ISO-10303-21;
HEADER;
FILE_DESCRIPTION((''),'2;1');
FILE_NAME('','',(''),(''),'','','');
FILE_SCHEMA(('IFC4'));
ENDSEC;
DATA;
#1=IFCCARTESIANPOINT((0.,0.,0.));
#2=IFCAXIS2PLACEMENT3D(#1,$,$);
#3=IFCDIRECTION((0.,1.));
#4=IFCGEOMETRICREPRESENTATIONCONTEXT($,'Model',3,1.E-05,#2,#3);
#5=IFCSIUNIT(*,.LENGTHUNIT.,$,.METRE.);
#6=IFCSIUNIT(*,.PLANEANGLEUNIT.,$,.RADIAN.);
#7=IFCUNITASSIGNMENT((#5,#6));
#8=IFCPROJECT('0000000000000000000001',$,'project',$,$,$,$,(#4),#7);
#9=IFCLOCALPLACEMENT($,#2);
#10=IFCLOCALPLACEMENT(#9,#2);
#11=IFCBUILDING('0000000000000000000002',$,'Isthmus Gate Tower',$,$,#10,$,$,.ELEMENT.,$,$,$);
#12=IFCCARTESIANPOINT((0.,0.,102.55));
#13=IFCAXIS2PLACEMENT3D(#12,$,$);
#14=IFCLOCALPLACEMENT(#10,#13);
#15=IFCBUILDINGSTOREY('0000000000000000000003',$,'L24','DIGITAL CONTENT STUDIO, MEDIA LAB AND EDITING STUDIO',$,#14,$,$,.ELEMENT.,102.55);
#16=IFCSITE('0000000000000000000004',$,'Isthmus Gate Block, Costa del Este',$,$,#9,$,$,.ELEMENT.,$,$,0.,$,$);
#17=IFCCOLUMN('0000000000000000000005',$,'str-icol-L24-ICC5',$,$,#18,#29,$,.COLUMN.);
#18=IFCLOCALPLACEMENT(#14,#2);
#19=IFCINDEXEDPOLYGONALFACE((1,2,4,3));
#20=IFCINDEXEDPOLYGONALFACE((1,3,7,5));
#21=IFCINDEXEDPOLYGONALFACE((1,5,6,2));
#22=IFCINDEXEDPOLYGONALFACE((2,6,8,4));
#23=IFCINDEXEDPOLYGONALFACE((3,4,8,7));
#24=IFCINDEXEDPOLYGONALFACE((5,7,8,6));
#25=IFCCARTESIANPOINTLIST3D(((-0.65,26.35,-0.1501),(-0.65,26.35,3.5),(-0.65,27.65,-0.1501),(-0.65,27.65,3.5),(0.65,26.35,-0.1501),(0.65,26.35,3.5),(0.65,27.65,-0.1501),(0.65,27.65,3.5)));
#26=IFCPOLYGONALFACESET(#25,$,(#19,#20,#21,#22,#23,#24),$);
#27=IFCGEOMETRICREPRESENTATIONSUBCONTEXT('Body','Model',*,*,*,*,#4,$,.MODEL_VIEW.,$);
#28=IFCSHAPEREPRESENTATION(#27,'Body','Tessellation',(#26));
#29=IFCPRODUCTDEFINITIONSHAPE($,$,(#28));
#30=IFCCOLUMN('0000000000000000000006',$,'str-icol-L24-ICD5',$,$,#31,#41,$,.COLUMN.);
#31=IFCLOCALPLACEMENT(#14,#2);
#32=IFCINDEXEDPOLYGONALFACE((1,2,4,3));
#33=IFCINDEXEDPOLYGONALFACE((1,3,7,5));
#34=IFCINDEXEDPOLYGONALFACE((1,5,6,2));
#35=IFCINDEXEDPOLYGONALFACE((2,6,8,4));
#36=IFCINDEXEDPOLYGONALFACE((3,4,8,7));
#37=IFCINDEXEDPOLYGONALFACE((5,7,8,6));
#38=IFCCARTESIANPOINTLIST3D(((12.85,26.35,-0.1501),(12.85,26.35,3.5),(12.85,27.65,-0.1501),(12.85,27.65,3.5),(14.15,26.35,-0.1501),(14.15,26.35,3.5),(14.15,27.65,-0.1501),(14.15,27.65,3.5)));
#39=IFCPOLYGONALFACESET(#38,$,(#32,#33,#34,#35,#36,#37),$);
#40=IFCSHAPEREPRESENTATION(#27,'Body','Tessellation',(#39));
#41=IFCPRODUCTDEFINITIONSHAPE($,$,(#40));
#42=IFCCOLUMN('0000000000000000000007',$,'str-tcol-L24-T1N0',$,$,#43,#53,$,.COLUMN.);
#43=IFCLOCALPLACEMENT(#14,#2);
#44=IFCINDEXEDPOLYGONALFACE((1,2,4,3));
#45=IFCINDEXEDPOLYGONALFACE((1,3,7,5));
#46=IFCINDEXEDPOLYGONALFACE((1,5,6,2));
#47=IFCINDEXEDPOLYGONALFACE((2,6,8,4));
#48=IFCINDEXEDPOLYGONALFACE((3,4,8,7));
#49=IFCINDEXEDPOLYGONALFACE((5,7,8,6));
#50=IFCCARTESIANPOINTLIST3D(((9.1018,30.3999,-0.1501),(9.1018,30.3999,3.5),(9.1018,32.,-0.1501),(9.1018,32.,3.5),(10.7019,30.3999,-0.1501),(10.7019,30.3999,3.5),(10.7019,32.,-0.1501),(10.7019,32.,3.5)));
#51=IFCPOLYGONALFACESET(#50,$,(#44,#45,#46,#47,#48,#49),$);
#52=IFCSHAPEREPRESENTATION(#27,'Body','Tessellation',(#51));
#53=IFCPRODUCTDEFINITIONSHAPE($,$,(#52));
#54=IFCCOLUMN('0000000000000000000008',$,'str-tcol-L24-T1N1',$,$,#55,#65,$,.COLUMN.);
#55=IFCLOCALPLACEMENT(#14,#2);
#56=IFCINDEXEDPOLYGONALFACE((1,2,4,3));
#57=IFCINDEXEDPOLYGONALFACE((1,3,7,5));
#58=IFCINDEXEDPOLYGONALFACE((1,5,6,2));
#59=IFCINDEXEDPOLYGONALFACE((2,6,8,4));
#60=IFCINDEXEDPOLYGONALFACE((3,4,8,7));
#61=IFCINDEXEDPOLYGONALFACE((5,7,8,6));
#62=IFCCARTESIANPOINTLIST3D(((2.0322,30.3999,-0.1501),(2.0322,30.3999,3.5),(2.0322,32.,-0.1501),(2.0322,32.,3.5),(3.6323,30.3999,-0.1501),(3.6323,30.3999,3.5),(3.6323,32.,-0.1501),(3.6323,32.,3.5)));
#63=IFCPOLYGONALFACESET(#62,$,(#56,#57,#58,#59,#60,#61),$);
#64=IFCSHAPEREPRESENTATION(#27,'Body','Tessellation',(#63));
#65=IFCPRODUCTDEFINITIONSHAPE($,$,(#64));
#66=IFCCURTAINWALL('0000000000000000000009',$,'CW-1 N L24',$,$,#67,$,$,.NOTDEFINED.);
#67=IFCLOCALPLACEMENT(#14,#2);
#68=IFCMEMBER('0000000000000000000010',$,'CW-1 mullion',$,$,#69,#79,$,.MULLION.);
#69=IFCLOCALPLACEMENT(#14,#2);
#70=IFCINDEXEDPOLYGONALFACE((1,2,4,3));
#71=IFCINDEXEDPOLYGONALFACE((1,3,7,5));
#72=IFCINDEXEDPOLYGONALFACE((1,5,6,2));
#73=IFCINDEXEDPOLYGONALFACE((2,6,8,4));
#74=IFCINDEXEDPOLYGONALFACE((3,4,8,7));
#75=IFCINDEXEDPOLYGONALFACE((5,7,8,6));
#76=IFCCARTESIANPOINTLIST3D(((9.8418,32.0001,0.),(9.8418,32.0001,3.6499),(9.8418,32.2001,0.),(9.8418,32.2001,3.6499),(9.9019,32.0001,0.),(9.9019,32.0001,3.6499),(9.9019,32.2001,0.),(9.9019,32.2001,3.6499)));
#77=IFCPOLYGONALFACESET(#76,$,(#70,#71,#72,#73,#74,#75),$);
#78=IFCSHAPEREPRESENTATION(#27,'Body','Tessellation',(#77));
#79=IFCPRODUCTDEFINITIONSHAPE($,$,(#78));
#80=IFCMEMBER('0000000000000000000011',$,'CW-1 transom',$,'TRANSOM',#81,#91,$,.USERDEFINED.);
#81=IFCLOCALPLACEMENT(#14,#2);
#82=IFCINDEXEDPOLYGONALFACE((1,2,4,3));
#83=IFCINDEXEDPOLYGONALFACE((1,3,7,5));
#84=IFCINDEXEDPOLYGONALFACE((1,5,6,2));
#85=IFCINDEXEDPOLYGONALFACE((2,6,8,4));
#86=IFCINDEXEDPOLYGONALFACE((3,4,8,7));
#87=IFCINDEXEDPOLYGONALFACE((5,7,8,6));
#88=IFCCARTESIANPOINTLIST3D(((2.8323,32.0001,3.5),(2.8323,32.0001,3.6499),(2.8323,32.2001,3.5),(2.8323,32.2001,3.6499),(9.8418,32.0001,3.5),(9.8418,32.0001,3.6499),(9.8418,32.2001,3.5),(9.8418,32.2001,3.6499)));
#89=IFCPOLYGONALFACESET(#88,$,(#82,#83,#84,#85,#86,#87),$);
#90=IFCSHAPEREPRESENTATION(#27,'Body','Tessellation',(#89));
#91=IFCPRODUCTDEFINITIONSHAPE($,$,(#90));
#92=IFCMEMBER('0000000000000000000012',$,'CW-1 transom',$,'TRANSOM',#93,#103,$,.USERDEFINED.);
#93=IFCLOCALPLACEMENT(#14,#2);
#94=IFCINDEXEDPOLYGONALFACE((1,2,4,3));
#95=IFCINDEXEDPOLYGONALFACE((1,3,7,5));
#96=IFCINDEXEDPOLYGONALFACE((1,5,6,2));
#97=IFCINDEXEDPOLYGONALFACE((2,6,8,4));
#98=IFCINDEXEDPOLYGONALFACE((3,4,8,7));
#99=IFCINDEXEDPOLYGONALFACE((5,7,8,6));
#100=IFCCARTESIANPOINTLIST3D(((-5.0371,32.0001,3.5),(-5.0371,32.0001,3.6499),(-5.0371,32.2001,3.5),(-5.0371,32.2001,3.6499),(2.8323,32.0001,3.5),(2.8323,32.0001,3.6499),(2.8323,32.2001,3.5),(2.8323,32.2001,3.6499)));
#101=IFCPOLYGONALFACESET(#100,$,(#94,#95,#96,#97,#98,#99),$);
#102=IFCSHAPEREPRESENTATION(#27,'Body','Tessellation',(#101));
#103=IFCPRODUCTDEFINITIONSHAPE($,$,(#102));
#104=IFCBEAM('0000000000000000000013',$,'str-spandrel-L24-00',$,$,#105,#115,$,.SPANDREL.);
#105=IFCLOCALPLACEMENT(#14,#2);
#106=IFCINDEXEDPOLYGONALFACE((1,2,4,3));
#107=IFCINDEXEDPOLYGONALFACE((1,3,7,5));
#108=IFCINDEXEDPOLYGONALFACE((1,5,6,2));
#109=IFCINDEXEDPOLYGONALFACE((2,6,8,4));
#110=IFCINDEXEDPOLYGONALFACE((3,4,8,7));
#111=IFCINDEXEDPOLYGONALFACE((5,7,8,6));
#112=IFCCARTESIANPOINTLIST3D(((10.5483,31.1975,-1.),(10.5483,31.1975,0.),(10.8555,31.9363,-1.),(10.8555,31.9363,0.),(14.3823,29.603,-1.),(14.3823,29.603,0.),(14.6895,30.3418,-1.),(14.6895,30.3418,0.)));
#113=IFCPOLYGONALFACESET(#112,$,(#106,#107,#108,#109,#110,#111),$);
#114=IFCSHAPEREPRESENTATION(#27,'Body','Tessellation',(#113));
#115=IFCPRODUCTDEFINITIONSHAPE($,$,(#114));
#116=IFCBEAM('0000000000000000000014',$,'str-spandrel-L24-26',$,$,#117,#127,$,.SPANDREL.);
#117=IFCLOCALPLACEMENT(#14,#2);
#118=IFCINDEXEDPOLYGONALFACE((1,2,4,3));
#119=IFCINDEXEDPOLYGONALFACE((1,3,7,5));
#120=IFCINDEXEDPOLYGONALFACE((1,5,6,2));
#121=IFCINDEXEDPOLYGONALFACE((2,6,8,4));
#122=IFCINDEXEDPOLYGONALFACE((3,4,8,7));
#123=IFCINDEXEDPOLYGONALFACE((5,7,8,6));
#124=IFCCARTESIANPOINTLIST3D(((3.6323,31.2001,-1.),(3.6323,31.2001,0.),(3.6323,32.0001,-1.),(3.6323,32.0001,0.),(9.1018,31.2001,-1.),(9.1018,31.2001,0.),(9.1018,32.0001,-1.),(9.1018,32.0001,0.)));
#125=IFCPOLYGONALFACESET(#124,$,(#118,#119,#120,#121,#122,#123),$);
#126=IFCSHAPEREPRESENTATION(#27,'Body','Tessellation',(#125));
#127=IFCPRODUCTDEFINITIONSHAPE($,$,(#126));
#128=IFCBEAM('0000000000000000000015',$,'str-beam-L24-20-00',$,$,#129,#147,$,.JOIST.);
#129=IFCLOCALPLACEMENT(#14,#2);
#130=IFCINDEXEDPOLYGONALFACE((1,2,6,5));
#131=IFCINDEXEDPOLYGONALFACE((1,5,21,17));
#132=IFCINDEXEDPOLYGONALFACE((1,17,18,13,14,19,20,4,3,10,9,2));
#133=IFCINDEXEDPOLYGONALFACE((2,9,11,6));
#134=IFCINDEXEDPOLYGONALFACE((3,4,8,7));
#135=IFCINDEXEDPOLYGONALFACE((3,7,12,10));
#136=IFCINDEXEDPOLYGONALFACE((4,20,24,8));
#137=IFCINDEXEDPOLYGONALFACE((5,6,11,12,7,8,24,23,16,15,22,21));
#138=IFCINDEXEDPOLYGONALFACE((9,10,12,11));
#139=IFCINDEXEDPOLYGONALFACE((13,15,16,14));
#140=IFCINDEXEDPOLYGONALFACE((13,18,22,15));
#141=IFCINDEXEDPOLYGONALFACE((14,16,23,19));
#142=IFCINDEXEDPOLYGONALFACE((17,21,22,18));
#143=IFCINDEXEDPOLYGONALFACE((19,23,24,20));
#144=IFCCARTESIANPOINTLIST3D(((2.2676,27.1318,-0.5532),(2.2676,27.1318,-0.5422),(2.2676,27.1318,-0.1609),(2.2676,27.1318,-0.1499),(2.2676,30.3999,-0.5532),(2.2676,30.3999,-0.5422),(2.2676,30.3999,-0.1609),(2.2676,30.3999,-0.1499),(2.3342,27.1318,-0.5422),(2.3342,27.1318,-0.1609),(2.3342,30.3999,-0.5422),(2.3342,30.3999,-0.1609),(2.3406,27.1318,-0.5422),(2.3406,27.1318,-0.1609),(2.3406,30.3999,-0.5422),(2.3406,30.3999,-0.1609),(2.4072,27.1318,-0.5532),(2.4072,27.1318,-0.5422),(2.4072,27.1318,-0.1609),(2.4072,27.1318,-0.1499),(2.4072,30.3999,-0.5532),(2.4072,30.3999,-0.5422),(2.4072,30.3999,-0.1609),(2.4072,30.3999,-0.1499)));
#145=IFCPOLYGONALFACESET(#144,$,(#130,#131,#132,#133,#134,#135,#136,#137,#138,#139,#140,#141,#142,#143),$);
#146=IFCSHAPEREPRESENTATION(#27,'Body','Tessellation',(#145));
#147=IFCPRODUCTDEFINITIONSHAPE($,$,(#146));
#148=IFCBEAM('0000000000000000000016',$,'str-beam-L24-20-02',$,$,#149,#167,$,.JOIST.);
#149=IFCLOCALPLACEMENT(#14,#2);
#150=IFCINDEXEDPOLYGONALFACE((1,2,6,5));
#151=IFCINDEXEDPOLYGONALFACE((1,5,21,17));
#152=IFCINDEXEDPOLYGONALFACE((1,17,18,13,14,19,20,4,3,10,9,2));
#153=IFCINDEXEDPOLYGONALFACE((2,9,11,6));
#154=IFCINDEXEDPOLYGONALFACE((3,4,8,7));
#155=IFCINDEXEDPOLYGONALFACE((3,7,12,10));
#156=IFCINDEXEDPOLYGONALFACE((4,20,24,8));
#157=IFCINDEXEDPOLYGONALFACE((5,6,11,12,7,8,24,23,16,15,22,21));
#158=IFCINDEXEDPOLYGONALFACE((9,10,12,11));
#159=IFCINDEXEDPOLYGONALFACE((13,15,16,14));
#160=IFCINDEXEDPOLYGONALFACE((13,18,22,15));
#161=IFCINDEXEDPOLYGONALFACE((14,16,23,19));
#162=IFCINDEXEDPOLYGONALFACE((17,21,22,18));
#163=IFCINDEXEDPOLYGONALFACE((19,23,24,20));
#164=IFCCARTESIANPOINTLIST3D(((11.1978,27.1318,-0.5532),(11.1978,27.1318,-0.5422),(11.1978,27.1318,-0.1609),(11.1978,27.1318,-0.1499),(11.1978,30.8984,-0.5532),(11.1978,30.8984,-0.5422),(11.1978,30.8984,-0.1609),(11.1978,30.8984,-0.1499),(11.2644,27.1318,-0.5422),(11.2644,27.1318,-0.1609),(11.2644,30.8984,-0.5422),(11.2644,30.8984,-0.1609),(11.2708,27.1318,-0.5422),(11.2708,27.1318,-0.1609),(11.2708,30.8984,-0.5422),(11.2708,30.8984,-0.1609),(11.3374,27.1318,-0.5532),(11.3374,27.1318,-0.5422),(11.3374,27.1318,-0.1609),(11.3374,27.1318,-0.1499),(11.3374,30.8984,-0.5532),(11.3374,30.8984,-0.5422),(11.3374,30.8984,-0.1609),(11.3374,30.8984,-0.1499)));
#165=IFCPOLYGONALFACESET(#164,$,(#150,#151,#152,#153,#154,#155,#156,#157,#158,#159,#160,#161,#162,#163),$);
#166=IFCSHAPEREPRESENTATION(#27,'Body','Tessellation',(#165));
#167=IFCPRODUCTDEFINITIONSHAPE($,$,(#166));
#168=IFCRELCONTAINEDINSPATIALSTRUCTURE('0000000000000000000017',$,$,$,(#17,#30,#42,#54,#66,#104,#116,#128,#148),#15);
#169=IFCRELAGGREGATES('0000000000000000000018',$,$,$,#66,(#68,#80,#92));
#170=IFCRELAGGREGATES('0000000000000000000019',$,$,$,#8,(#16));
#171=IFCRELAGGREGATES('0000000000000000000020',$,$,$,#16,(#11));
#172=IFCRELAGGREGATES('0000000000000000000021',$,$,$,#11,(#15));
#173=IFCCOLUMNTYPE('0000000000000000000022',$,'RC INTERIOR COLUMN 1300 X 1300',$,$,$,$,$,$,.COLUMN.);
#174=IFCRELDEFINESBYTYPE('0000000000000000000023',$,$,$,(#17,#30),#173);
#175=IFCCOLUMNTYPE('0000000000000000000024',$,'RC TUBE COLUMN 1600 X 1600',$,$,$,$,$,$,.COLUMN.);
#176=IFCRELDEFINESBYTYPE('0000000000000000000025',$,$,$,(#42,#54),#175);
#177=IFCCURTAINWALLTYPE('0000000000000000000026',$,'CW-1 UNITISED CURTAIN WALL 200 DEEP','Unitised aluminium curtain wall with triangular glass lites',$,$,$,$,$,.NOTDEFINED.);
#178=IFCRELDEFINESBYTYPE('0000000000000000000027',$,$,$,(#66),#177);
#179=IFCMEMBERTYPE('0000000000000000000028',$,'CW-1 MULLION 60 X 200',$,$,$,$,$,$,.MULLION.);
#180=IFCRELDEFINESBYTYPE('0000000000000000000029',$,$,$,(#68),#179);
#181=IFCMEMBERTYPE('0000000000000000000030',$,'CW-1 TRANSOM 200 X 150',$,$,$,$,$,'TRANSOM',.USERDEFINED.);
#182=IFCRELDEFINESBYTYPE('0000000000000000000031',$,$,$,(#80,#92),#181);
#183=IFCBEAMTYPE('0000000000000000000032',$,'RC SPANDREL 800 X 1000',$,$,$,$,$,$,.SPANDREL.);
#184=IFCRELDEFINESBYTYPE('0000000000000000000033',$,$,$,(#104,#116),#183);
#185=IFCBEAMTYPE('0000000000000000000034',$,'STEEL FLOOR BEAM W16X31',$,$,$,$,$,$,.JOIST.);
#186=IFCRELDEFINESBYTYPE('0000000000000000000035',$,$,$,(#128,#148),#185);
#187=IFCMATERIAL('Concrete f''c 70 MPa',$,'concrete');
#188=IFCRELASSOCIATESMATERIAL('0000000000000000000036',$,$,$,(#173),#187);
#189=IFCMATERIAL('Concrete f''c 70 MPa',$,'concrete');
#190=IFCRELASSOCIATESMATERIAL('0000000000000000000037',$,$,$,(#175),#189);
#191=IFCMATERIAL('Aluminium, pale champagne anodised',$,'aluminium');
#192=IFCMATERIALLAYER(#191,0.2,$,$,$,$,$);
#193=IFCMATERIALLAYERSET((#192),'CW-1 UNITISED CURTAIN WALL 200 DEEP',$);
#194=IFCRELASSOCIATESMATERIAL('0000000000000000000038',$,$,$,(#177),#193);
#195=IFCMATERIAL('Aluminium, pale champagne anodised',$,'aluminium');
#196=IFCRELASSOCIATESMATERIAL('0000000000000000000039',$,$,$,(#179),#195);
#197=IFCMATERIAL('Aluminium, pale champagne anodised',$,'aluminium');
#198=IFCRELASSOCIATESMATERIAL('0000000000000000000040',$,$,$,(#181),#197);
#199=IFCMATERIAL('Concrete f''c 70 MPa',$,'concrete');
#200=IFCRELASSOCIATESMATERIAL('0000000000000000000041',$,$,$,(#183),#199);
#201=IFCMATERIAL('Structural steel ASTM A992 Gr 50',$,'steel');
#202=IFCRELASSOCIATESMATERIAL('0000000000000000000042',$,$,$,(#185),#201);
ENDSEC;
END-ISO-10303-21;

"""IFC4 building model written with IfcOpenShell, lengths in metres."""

from ifc_helpers import new_model, si_unit, direction, frame, origin, origin_2d, place, context, subcontext, project, spatial, rectangle, i_section, extrude, material, layer, layer_set, material_profile, profile_set, type_object, element, aggregate, save


model = new_model("IFC4")

# Units and contexts
model_context = context("Model", 3, precision=1e-05, world=origin(), true_north=direction((0.0, 1.0)))
body_context = subcontext(model_context, "Body", "Model", "MODEL_VIEW")
ifc_project = project(units=[si_unit("LENGTHUNIT", "METRE"), si_unit("PLANEANGLEUNIT", "RADIAN")], contexts=[model_context])

# Site, building, storey
site_placement = place(None, origin())
site = spatial("IfcSite", under=ifc_project, at=site_placement, Name="Isthmus Gate Block, Costa del Este", CompositionType="ELEMENT", RefElevation=0.0)
building_placement = place(site_placement, origin())
building = spatial("IfcBuilding", under=site, at=building_placement, Name="Isthmus Gate Tower", CompositionType="ELEMENT")
storey_placement = place(building_placement, frame((0.0, 0.0, 102.55)))
storey = spatial("IfcBuildingStorey", under=building, at=storey_placement, Name="L24", Description="DIGITAL CONTENT STUDIO, MEDIA LAB AND EDITING STUDIO", CompositionType="ELEMENT", Elevation=102.55)

# Columns
ifc_material_1 = material(Name="Concrete f'c 70 MPa", Category="concrete")
ifc_material_profile_1 = material_profile(ifc_material_1, rectangle(XDim=1.3, YDim=1.3, at=origin_2d()), Name="RC 1300X1300")
ifc_profile_set_1 = profile_set([ifc_material_profile_1], Name="Concrete f'c 70 MPa")
column_type_1 = type_object("IfcColumnType", Name="RC INTERIOR COLUMN 1300 X 1300", PredefinedType="COLUMN", material=ifc_profile_set_1)
for number, where, z_axis, x_axis, name in (
    (1, (0.0, 27.0, -0.1501), (0.0, 0.0, 1.0), (1.0, 0.0, 0.0), "str-icol-L24-ICC5"),
    (2, (13.5, 27.0, -0.1501), (0.0, 0.0, 1.0), (1.0, 0.0, 0.0), "str-icol-L24-ICD5"),
):
    element("IfcColumn", number, at=place(storey_placement, frame(where, z_axis=z_axis, x_axis=x_axis)), inside=storey, type_object=column_type_1, Name=name, PredefinedType="COLUMN", context=body_context, shape_type="SweptSolid", body=[
        extrude(rectangle(XDim=1.3, YDim=1.3, at=origin_2d()), origin(), (0.0, 0.0, 1.0), 3.6501),
    ])
ifc_material_2 = material(Name="Concrete f'c 70 MPa", Category="concrete")
ifc_material_profile_2 = material_profile(ifc_material_2, rectangle(XDim=1.6001, YDim=1.6001, at=origin_2d()), Name="RC 1600X1600")
ifc_profile_set_2 = profile_set([ifc_material_profile_2], Name="Concrete f'c 70 MPa")
column_type_2 = type_object("IfcColumnType", Name="RC TUBE COLUMN 1600 X 1600", PredefinedType="COLUMN", material=ifc_profile_set_2)
for number, where, z_axis, x_axis, name in (
    (3, (9.9019, 31.2, -0.1501), (0.0, 0.0, 1.0), (-1.0, 0.0, 0.0), "str-tcol-L24-T1N0"),
    (4, (2.8323, 31.2, -0.1501), (0.0, 0.0, 1.0), (-1.0, 0.0, 0.0), "str-tcol-L24-T1N1"),
):
    element("IfcColumn", number, at=place(storey_placement, frame(where, z_axis=z_axis, x_axis=x_axis)), inside=storey, type_object=column_type_2, Name=name, PredefinedType="COLUMN", context=body_context, shape_type="SweptSolid", body=[
        extrude(rectangle(XDim=1.6001, YDim=1.6001, at=origin_2d()), origin(), (0.0, 0.0, 1.0), 3.6501),
    ])

# Curtain wall, members
ifc_material_3 = material(Name="Aluminium, pale champagne anodised", Category="aluminium")
ifc_layer_1 = layer(ifc_material_3, 0.2)
ifc_layer_set_1 = layer_set([ifc_layer_1], Name="CW-1 UNITISED CURTAIN WALL 200 DEEP")
curtain_wall_type = type_object("IfcCurtainWallType", Name="CW-1 UNITISED CURTAIN WALL 200 DEEP", Description="Unitised aluminium curtain wall with triangular glass lites", PredefinedType="NOTDEFINED", material=ifc_layer_set_1)
curtain_wall_1_placement = place(storey_placement, origin())
curtain_wall_1 = element("IfcCurtainWall", 5, at=curtain_wall_1_placement, inside=storey, type_object=curtain_wall_type, Name="CW-1 N L24", PredefinedType="NOTDEFINED")
ifc_material_4 = material(Name="Aluminium, pale champagne anodised", Category="aluminium")
ifc_material_profile_3 = material_profile(ifc_material_4, rectangle(XDim=0.0601, YDim=0.2, at=origin_2d()), Name="60x200")
ifc_profile_set_3 = profile_set([ifc_material_profile_3], Name="Aluminium, pale champagne anodised")
member_type_1 = type_object("IfcMemberType", Name="CW-1 MULLION 60 X 200", PredefinedType="MULLION", material=ifc_profile_set_3)
member_1_placement = place(storey_placement, frame((9.8718, 32.1001, 0.0), z_axis=(0.0, 0.0, 1.0), x_axis=(-1.0, 0.0, 0.0)))
member_1 = element("IfcMember", 6, at=member_1_placement, type_object=member_type_1, Name="CW-1 mullion", PredefinedType="MULLION", context=body_context, shape_type="SweptSolid", body=[
    extrude(rectangle(XDim=0.0601, YDim=0.2, at=origin_2d()), origin(), (0.0, 0.0, 1.0), 3.6499),
])
ifc_material_5 = material(Name="Aluminium, pale champagne anodised", Category="aluminium")
ifc_material_profile_4 = material_profile(ifc_material_5, rectangle(XDim=0.2, YDim=0.1499, at=origin_2d()), Name="200x150")
ifc_profile_set_4 = profile_set([ifc_material_profile_4], Name="Aluminium, pale champagne anodised")
member_type_2 = type_object("IfcMemberType", Name="CW-1 TRANSOM 200 X 150", ElementType="TRANSOM", PredefinedType="USERDEFINED", material=ifc_profile_set_4)
member_2_placement = place(storey_placement, frame((9.8418, 32.1001, 3.575), z_axis=(-1.0, 0.0, 0.0), x_axis=(0.0, -1.0, 0.0)))
member_2 = element("IfcMember", 7, at=member_2_placement, type_object=member_type_2, Name="CW-1 transom", ObjectType="TRANSOM", PredefinedType="USERDEFINED", context=body_context, shape_type="SweptSolid", body=[
    extrude(rectangle(XDim=0.2, YDim=0.1499, at=origin_2d()), origin(), (0.0, 0.0, 1.0), 7.0095),
])
member_3_placement = place(storey_placement, frame((2.8323, 32.1001, 3.575), z_axis=(-1.0, 0.0, 0.0), x_axis=(0.0, -1.0, 0.0)))
member_3 = element("IfcMember", 8, at=member_3_placement, type_object=member_type_2, Name="CW-1 transom", ObjectType="TRANSOM", PredefinedType="USERDEFINED", context=body_context, shape_type="SweptSolid", body=[
    extrude(rectangle(XDim=0.2, YDim=0.1499, at=origin_2d()), origin(), (0.0, 0.0, 1.0), 7.8694),
])

# Beams
ifc_material_6 = material(Name="Concrete f'c 70 MPa", Category="concrete")
ifc_material_profile_5 = material_profile(ifc_material_6, rectangle(XDim=0.8, YDim=1.0, at=origin_2d()), Name="RC 800X1000")
ifc_profile_set_5 = profile_set([ifc_material_profile_5], Name="Concrete f'c 70 MPa")
beam_type_1 = type_object("IfcBeamType", Name="RC SPANDREL 800 X 1000", PredefinedType="SPANDREL", material=ifc_profile_set_5)
beam_1_placement = place(storey_placement, frame((10.7019, 31.5669, -0.5), z_axis=(0.923334, -0.383997, 0.0), x_axis=(0.383997, 0.923334, 0.0)))
element("IfcBeam", 9, at=beam_1_placement, inside=storey, type_object=beam_type_1, Name="str-spandrel-L24-00", PredefinedType="SPANDREL", context=body_context, shape_type="SweptSolid", body=[
    extrude(rectangle(XDim=0.8, YDim=1.0, at=origin_2d()), origin(), (0.0, 0.0, 1.0), 4.1523),
])
beam_2_placement = place(storey_placement, frame((3.6323, 31.6001, -0.5), z_axis=(1.0, 0.0, 0.0), x_axis=(0.0, 1.0, 0.0)))
element("IfcBeam", 10, at=beam_2_placement, inside=storey, type_object=beam_type_1, Name="str-spandrel-L24-26", PredefinedType="SPANDREL", context=body_context, shape_type="SweptSolid", body=[
    extrude(rectangle(XDim=0.8, YDim=1.0, at=origin_2d()), origin(), (0.0, 0.0, 1.0), 5.4695),
])
ifc_material_7 = material(Name="Structural steel ASTM A992 Gr 50", Category="steel")
ifc_material_profile_6 = material_profile(ifc_material_7, i_section(OverallWidth=0.1396, OverallDepth=0.4033, WebThickness=0.0063, FlangeThickness=0.011, at=origin_2d()), Name="W16X31")
ifc_profile_set_6 = profile_set([ifc_material_profile_6], Name="Structural steel ASTM A992 Gr 50")
beam_type_2 = type_object("IfcBeamType", Name="STEEL FLOOR BEAM W16X31", PredefinedType="JOIST", material=ifc_profile_set_6)
beam_3_placement = place(storey_placement, frame((2.3374, 27.1318, -0.3516), z_axis=(0.0, 1.0, 0.0), x_axis=(-1.0, 0.0, 0.0)))
element("IfcBeam", 11, at=beam_3_placement, inside=storey, type_object=beam_type_2, Name="str-beam-L24-20-00", PredefinedType="JOIST", context=body_context, shape_type="SweptSolid", body=[
    extrude(i_section(OverallWidth=0.1396, OverallDepth=0.4033, WebThickness=0.0063, FlangeThickness=0.011, at=origin_2d()), origin(), (0.0, 0.0, 1.0), 3.2681),
])
beam_4_placement = place(storey_placement, frame((11.2676, 27.1318, -0.3516), z_axis=(0.0, 1.0, 0.0), x_axis=(-1.0, 0.0, 0.0)))
element("IfcBeam", 12, at=beam_4_placement, inside=storey, type_object=beam_type_2, Name="str-beam-L24-20-02", PredefinedType="JOIST", context=body_context, shape_type="SweptSolid", body=[
    extrude(i_section(OverallWidth=0.1396, OverallDepth=0.4033, WebThickness=0.0063, FlangeThickness=0.011, at=origin_2d()), origin(), (0.0, 0.0, 1.0), 3.7666),
])

aggregate(curtain_wall_1, [member_1, member_2, member_3])

save(model, "model.ifc")
